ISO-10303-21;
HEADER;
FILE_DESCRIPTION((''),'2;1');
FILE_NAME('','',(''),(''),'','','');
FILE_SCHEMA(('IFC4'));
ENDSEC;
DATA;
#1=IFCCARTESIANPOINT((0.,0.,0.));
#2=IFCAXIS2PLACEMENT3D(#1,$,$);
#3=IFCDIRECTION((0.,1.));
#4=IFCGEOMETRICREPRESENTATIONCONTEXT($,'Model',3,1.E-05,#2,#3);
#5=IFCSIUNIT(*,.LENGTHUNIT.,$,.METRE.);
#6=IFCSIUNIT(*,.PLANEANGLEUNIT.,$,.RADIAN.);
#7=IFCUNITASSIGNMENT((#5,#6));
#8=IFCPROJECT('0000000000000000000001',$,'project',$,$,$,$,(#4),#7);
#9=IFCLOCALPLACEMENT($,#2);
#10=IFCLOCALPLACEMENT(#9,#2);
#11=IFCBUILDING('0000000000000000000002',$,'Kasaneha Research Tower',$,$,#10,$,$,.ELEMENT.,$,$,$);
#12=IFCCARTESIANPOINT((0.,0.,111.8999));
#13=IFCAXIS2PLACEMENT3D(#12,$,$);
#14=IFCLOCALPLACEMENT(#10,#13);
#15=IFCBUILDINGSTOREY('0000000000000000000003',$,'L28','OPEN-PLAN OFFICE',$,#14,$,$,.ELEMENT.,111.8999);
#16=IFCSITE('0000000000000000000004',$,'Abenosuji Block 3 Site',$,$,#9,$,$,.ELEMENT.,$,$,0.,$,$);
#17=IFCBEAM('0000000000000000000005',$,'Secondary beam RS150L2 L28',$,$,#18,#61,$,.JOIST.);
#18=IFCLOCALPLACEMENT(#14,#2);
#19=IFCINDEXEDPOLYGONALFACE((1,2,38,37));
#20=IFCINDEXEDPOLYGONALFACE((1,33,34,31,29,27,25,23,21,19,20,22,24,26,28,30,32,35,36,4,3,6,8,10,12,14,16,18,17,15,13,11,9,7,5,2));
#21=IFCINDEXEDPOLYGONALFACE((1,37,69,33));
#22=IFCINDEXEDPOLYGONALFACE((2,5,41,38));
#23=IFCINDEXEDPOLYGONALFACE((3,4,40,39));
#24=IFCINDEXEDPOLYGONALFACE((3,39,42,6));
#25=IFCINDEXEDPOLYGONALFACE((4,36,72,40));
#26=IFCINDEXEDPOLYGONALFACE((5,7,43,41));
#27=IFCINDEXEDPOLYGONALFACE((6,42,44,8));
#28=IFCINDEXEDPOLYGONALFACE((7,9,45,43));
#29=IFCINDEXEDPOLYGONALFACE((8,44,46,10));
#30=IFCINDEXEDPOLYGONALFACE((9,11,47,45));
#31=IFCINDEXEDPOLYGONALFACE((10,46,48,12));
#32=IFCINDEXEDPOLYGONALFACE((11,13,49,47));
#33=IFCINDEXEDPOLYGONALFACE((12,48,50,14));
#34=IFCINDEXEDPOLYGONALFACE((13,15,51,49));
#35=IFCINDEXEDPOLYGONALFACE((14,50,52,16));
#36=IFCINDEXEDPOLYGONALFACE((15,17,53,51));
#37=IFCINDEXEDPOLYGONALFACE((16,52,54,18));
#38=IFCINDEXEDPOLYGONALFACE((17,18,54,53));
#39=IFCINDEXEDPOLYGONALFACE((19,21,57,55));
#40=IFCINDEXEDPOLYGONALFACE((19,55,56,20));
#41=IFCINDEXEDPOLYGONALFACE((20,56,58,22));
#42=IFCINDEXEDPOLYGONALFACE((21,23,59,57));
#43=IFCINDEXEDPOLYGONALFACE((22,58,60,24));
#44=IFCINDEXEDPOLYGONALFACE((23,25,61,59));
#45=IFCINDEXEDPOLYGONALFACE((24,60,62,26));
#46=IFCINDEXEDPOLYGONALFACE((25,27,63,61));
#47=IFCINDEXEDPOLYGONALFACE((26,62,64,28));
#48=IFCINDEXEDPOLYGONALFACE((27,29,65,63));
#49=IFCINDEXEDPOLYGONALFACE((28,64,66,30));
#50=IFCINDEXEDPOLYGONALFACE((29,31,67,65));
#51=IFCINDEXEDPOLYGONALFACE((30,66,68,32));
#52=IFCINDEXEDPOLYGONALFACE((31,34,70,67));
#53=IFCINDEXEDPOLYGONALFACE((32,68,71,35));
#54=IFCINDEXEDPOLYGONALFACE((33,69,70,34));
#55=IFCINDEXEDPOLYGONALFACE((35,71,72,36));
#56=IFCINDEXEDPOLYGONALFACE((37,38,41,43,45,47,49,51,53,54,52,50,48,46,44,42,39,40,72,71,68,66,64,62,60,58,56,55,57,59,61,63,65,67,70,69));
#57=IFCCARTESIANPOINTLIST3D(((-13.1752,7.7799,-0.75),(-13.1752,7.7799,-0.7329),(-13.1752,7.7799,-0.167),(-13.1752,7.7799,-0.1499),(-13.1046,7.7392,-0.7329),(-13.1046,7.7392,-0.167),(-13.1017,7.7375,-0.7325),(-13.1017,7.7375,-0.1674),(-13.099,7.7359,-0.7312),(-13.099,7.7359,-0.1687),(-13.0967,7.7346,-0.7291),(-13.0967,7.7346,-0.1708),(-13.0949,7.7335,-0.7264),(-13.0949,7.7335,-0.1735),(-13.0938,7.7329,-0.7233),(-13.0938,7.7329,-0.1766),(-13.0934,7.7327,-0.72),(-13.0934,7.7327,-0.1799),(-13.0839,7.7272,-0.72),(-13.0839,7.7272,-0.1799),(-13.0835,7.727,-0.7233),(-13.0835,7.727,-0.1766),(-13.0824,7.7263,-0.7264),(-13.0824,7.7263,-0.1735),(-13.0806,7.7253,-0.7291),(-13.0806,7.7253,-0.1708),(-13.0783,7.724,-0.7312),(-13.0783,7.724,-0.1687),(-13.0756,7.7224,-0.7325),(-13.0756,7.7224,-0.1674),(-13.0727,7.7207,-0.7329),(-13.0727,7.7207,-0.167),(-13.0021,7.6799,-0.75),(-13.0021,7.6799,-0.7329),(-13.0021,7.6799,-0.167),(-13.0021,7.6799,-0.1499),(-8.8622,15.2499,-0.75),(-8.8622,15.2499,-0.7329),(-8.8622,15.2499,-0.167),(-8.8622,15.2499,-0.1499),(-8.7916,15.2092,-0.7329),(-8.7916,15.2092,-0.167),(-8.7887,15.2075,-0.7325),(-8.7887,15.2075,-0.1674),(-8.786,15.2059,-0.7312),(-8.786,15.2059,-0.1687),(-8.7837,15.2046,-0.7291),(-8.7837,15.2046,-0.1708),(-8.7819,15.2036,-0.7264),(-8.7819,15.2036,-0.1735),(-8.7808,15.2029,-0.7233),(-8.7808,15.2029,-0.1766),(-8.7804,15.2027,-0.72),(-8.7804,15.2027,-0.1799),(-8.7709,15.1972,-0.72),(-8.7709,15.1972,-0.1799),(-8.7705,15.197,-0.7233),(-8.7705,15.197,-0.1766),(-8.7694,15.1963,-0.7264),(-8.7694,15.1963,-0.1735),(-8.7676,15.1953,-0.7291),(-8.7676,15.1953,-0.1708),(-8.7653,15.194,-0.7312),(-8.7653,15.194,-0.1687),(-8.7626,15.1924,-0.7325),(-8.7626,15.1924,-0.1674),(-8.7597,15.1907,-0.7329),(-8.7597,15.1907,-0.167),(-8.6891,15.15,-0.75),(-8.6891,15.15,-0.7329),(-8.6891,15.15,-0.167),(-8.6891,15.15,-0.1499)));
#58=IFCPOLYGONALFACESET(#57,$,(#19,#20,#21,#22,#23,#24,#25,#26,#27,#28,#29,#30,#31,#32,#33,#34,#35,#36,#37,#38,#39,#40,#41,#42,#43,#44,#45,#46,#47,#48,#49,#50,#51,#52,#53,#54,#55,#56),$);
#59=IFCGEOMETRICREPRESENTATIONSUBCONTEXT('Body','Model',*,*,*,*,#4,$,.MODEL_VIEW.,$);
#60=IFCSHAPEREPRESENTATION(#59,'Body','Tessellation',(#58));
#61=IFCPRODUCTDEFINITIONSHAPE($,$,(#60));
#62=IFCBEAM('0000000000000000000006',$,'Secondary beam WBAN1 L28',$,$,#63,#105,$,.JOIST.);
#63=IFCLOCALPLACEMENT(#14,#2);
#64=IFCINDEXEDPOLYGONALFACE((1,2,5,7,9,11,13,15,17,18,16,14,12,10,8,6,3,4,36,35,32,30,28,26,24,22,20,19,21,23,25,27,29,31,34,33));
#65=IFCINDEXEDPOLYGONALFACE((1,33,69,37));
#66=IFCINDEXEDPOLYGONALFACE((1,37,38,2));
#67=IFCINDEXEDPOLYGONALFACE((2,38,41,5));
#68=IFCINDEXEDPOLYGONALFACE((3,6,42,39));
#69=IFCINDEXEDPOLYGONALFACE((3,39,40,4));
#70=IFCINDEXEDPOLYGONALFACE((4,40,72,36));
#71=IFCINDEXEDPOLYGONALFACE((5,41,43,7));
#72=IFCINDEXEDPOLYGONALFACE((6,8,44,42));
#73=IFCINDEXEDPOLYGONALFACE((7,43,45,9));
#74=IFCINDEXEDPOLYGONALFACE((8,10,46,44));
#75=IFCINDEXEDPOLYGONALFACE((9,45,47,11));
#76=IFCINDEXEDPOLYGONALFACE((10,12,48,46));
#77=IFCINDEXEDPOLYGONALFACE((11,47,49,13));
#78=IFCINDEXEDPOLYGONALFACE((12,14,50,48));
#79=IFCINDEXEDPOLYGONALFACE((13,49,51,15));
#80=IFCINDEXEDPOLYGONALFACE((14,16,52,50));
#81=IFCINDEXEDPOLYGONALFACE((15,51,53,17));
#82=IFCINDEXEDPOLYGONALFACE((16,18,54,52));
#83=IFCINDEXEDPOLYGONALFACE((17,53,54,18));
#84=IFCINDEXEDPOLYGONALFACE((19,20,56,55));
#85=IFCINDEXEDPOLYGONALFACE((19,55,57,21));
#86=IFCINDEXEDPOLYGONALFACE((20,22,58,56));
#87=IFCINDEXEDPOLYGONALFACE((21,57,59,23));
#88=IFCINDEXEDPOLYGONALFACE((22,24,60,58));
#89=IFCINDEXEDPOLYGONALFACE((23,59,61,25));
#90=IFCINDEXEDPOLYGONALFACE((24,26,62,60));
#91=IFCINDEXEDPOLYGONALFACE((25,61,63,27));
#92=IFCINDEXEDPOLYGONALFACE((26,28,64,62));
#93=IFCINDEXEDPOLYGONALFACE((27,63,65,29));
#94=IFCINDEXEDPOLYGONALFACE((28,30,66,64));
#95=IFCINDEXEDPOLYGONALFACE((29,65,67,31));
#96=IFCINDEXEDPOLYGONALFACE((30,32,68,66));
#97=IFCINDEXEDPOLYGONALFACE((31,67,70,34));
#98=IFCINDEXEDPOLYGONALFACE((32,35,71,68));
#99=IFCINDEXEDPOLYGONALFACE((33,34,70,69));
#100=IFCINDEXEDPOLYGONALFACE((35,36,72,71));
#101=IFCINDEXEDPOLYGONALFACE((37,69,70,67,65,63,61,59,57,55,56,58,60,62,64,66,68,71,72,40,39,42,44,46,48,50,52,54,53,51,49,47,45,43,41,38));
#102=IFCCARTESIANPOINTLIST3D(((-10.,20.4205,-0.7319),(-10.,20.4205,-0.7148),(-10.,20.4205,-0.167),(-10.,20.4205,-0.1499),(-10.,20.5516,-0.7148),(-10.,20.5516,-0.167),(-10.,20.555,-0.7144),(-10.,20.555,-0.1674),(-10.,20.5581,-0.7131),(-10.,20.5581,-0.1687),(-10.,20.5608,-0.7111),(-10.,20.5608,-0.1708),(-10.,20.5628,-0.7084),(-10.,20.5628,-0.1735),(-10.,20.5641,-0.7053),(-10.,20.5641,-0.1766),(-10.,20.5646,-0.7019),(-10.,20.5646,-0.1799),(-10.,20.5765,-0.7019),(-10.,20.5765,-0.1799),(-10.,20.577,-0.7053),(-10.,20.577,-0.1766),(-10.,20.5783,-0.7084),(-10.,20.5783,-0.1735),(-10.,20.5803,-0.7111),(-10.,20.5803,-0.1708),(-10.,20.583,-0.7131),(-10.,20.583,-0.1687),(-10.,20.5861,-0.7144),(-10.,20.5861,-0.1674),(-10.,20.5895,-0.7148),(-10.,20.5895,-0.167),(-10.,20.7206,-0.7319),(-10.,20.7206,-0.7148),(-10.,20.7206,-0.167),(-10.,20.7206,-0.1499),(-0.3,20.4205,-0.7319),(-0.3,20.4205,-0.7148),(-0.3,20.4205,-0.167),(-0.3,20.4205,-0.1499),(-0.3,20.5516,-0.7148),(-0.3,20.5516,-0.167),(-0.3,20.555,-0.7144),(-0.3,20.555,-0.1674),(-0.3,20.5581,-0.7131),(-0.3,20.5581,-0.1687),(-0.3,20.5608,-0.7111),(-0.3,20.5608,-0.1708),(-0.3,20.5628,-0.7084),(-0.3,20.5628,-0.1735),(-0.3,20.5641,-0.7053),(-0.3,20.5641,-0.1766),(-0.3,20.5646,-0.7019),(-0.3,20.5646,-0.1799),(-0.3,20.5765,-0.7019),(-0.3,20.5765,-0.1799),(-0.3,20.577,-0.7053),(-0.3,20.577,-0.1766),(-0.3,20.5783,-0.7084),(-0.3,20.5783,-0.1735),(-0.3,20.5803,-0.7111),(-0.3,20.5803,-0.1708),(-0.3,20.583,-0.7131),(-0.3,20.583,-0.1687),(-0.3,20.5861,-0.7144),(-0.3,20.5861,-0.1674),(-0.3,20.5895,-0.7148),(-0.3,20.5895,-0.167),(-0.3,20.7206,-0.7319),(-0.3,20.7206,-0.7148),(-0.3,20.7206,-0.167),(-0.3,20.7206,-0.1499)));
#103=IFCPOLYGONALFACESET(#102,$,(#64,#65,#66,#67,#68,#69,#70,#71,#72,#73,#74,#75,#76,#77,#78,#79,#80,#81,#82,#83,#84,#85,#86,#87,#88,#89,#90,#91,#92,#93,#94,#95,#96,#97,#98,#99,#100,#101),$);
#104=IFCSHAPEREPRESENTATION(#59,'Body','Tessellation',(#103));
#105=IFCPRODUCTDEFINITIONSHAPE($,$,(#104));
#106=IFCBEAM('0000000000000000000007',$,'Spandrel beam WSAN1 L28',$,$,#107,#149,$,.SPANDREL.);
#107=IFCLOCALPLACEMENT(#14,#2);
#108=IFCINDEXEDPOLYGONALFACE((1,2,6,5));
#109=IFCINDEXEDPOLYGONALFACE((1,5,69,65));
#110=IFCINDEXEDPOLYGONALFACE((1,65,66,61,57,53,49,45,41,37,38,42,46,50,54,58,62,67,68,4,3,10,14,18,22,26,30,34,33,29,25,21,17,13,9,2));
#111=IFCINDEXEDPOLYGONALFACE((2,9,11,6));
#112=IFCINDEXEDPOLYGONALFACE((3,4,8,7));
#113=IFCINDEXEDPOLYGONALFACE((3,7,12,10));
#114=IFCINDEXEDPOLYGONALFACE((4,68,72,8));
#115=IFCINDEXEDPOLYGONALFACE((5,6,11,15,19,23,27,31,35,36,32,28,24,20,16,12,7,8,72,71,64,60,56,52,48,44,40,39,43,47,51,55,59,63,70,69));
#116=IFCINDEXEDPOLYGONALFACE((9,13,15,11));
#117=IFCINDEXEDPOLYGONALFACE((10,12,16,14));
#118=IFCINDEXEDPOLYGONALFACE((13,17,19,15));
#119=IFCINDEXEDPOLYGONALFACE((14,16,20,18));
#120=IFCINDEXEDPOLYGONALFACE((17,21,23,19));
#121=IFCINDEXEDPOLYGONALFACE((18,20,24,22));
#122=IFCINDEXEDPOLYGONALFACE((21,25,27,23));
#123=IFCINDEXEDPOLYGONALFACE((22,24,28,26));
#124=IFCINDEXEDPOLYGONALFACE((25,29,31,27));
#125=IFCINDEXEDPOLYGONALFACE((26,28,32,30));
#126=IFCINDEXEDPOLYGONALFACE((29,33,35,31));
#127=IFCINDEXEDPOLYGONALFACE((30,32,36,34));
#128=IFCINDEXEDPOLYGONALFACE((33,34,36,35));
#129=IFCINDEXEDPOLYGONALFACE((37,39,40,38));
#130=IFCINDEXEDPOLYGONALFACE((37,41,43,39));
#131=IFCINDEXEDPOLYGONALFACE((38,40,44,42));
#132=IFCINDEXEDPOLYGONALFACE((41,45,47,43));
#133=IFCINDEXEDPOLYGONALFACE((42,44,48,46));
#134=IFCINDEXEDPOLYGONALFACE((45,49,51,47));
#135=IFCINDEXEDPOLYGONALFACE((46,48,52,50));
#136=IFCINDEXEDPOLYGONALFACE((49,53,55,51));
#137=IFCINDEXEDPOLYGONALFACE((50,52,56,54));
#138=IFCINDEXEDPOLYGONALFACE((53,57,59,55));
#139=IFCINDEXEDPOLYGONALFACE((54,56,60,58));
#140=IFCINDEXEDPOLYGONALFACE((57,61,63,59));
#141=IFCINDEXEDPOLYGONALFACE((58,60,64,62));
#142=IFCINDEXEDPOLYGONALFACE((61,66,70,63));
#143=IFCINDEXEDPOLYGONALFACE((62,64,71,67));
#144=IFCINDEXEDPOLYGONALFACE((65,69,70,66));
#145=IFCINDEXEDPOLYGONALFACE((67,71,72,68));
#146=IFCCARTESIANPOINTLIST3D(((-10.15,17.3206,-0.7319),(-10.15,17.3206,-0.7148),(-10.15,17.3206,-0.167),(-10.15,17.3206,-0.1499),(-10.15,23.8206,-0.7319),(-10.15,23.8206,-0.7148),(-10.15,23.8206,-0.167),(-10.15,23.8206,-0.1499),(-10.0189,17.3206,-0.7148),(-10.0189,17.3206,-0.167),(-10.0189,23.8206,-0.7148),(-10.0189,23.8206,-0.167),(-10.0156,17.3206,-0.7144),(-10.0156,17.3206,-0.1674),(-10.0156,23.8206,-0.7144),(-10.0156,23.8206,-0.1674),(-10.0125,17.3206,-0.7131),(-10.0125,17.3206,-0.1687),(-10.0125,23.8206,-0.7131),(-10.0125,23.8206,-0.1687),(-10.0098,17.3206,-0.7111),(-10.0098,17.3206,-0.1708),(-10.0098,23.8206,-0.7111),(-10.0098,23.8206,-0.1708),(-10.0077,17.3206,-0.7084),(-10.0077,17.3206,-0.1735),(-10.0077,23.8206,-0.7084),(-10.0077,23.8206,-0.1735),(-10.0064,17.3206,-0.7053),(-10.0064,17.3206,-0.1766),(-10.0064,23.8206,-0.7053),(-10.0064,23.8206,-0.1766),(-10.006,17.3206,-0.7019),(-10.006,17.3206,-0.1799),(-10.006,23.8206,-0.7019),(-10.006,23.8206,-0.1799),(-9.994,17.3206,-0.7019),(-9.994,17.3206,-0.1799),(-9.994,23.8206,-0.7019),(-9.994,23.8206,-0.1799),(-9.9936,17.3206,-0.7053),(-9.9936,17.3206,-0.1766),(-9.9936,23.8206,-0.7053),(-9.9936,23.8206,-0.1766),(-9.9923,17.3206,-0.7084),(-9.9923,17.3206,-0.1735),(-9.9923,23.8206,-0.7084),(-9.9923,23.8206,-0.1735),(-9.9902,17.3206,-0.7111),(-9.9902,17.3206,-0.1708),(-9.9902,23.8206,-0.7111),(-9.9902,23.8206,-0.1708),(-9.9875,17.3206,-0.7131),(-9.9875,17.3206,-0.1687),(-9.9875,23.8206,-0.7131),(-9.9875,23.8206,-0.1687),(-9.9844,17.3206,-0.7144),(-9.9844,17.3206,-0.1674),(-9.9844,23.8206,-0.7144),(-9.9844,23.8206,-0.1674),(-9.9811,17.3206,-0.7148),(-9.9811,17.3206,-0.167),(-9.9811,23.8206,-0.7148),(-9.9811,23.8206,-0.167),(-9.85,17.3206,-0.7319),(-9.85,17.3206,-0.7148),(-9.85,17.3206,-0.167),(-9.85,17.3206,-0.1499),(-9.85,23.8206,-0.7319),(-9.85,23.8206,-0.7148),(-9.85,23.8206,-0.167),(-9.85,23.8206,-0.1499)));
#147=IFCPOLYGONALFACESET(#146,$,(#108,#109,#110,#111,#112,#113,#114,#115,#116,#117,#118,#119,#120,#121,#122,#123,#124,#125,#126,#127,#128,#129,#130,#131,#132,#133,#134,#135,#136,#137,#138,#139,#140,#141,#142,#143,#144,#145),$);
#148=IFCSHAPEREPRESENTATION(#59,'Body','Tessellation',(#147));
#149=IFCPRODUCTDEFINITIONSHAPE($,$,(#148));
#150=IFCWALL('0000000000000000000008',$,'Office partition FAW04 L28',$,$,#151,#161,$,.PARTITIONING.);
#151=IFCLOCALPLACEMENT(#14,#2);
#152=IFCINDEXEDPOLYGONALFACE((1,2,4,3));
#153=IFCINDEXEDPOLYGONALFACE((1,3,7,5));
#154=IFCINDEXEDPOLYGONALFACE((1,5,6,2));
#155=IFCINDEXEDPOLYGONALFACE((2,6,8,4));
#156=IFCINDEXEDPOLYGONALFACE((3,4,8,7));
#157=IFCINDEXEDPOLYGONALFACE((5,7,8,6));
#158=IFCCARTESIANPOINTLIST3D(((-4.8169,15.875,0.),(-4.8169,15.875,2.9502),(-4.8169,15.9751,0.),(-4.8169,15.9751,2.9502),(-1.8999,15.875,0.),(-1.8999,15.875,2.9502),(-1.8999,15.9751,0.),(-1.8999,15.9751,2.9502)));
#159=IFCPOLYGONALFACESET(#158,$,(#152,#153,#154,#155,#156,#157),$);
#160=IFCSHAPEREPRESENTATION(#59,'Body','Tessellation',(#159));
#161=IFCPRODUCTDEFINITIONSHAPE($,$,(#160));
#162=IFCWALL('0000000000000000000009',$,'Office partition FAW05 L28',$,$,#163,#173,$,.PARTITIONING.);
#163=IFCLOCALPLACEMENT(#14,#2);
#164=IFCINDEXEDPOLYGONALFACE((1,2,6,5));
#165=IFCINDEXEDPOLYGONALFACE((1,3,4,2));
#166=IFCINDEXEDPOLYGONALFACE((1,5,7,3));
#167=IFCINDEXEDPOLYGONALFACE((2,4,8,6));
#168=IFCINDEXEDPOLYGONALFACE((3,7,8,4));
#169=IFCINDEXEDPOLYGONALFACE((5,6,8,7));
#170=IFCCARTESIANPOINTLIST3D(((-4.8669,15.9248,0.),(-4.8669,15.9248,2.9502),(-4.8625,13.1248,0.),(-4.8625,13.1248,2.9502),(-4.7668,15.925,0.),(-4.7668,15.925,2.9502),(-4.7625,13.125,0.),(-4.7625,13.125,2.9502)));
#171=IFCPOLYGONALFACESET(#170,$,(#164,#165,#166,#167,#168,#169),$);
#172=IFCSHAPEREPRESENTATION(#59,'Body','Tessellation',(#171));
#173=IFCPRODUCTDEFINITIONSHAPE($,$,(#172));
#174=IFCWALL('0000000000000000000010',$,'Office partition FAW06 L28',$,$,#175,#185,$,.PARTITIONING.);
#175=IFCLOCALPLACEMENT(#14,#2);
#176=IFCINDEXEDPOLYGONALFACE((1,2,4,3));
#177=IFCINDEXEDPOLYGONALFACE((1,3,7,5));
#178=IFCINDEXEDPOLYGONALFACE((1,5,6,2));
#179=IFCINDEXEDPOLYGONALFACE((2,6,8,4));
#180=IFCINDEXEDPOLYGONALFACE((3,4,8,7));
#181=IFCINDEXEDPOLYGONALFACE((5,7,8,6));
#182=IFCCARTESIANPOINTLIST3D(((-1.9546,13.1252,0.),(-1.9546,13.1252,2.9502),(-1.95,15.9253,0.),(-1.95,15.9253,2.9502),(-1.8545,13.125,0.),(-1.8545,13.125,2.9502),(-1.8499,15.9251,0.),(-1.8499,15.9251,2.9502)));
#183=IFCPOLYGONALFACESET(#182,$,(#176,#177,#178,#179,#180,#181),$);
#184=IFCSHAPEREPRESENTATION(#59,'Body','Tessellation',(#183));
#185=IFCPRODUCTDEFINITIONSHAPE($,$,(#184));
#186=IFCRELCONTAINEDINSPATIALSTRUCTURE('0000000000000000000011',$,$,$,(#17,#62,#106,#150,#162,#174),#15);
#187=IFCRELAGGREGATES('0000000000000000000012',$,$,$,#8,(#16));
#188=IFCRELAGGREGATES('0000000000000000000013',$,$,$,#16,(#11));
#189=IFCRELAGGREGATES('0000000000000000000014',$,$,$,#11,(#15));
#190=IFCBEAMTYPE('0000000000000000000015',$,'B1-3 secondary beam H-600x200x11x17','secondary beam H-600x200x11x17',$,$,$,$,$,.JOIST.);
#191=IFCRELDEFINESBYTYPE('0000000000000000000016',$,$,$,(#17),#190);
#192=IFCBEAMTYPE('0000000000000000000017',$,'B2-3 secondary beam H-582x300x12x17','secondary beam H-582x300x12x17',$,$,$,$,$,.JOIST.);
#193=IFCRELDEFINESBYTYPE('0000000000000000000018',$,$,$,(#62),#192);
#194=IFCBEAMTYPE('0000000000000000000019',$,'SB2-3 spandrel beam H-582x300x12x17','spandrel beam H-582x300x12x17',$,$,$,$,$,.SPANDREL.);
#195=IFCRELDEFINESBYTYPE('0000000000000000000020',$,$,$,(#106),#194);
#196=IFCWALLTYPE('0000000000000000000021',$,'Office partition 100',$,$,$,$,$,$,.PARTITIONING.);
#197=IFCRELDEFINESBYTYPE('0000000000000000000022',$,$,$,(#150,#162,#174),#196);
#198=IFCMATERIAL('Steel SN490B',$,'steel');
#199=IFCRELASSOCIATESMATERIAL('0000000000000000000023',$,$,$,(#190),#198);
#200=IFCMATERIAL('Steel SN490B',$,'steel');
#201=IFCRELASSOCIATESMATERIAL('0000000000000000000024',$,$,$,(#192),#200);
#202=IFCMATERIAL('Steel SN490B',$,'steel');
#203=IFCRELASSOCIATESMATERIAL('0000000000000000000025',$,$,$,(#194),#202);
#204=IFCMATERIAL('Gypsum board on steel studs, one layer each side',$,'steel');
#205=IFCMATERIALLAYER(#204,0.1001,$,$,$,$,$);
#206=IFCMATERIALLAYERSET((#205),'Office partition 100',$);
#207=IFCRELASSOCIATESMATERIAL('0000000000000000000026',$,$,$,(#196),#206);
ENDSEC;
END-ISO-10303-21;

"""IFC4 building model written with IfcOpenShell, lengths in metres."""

from ifc_helpers import new_model, si_unit, direction, frame, frame_2d, origin, origin_2d, place, context, subcontext, project, spatial, rectangle, i_section, extrude, material, layer, layer_set, material_profile, profile_set, type_object, element, save


model = new_model("IFC4")

# Units and contexts
model_context = context("Model", 3, precision=1e-05, world=origin(), true_north=direction((0.0, 1.0)))
body_context = subcontext(model_context, "Body", "Model", "MODEL_VIEW")
ifc_project = project(units=[si_unit("LENGTHUNIT", "METRE"), si_unit("PLANEANGLEUNIT", "RADIAN")], contexts=[model_context])

# Site, building, storey
site_placement = place(None, origin())
site = spatial("IfcSite", under=ifc_project, at=site_placement, Name="Abenosuji Block 3 Site", CompositionType="ELEMENT", RefElevation=0.0)
building_placement = place(site_placement, origin())
building = spatial("IfcBuilding", under=site, at=building_placement, Name="Kasaneha Research Tower", CompositionType="ELEMENT")
storey_placement = place(building_placement, frame((0.0, 0.0, 111.8999)))
storey = spatial("IfcBuildingStorey", under=building, at=storey_placement, Name="L28", Description="OPEN-PLAN OFFICE", CompositionType="ELEMENT", Elevation=111.8999)

# Beams
ifc_material_1 = material(Name="Steel SN490B", Category="steel")
ifc_material_profile_1 = material_profile(ifc_material_1, i_section(OverallWidth=0.2, OverallDepth=0.6001, WebThickness=0.011, FlangeThickness=0.0171, FilletRadius=0.0129, at=origin_2d()), Name="H-600x200x11x17")
ifc_profile_set_1 = profile_set([ifc_material_profile_1], Name="Steel SN490B")
beam_type_1 = type_object("IfcBeamType", Name="B1-3 secondary beam H-600x200x11x17", Description="secondary beam H-600x200x11x17", PredefinedType="JOIST", material=ifc_profile_set_1)
beam_1_placement = place(storey_placement, frame((-8.7756, 15.2, -0.45), z_axis=(-0.500017, -0.866015, 0.0), x_axis=(0.866015, -0.500017, 0.0)))
element("IfcBeam", 1, at=beam_1_placement, inside=storey, type_object=beam_type_1, Name="Secondary beam RS150L2 L28", PredefinedType="JOIST", context=body_context, shape_type="SweptSolid", body=[
    extrude(i_section(OverallWidth=0.2, OverallDepth=0.6001, WebThickness=0.011, FlangeThickness=0.0171, FilletRadius=0.0129, at=origin_2d()), origin(), (0.0, 0.0, 1.0), 8.6257),
])
ifc_material_2 = material(Name="Steel SN490B", Category="steel")
ifc_material_profile_2 = material_profile(ifc_material_2, i_section(OverallWidth=0.3, OverallDepth=0.582, WebThickness=0.012, FlangeThickness=0.0171, FilletRadius=0.0129, at=origin_2d()), Name="H-582x300x12x17")
ifc_profile_set_2 = profile_set([ifc_material_profile_2], Name="Steel SN490B")
beam_type_2 = type_object("IfcBeamType", Name="B2-3 secondary beam H-582x300x12x17", Description="secondary beam H-582x300x12x17", PredefinedType="JOIST", material=ifc_profile_set_2)
beam_2_placement = place(storey_placement, frame((-10.0, 20.5706, -0.4409), z_axis=(1.0, 0.0, 0.0), x_axis=(0.0, 1.0, 0.0)))
element("IfcBeam", 2, at=beam_2_placement, inside=storey, type_object=beam_type_2, Name="Secondary beam WBAN1 L28", PredefinedType="JOIST", context=body_context, shape_type="SweptSolid", body=[
    extrude(i_section(OverallWidth=0.3, OverallDepth=0.582, WebThickness=0.012, FlangeThickness=0.0171, FilletRadius=0.0129, at=origin_2d()), origin(), (0.0, 0.0, 1.0), 9.7),
])
ifc_material_3 = material(Name="Steel SN490B", Category="steel")
ifc_material_profile_3 = material_profile(ifc_material_3, i_section(OverallWidth=0.3, OverallDepth=0.582, WebThickness=0.012, FlangeThickness=0.0171, FilletRadius=0.0129, at=origin_2d()), Name="H-582x300x12x17")
ifc_profile_set_3 = profile_set([ifc_material_profile_3], Name="Steel SN490B")
beam_type_3 = type_object("IfcBeamType", Name="SB2-3 spandrel beam H-582x300x12x17", Description="spandrel beam H-582x300x12x17", PredefinedType="SPANDREL", material=ifc_profile_set_3)
beam_3_placement = place(storey_placement, frame((-10.0, 17.3206, -0.4409), z_axis=(0.0, 1.0, 0.0), x_axis=(-1.0, 0.0, 0.0)))
element("IfcBeam", 3, at=beam_3_placement, inside=storey, type_object=beam_type_3, Name="Spandrel beam WSAN1 L28", PredefinedType="SPANDREL", context=body_context, shape_type="SweptSolid", body=[
    extrude(i_section(OverallWidth=0.3, OverallDepth=0.582, WebThickness=0.012, FlangeThickness=0.0171, FilletRadius=0.0129, at=origin_2d()), origin(), (0.0, 0.0, 1.0), 6.5),
])

# Walls
ifc_material_4 = material(Name="Gypsum board on steel studs, one layer each side", Category="steel")
ifc_layer_1 = layer(ifc_material_4, 0.1001)
ifc_layer_set_1 = layer_set([ifc_layer_1], Name="Office partition 100")
wall_type_1 = type_object("IfcWallType", Name="Office partition 100", PredefinedType="PARTITIONING", material=ifc_layer_set_1)
wall_1_placement = place(storey_placement, frame((-4.8169, 15.925, 0.0), z_axis=(0.0, 0.0, 1.0), x_axis=(1.0, 0.0, 0.0)))
element("IfcWall", 4, at=wall_1_placement, inside=storey, type_object=wall_type_1, Name="Office partition FAW04 L28", PredefinedType="PARTITIONING", context=body_context, shape_type="SweptSolid", body=[
    extrude(rectangle(XDim=2.917, YDim=0.1001, at=frame_2d((1.4585, 0.0))), origin(), (0.0, 0.0, 1.0), 2.9502),
])
for number, where, z_axis, x_axis, name in (
    (5, (-4.8125, 13.125, 0.0), (0.0, 0.0, 1.0), (-0.001569, 0.999999, 0.0), "Office partition FAW05 L28"),
    (6, (-1.8999, 15.925, 0.0), (0.0, 0.0, 1.0), (-0.001657, -0.999999, 0.0), "Office partition FAW06 L28"),
):
    element("IfcWall", number, at=place(storey_placement, frame(where, z_axis=z_axis, x_axis=x_axis)), inside=storey, type_object=wall_type_1, Name=name, PredefinedType="PARTITIONING", context=body_context, shape_type="SweptSolid", body=[
        extrude(rectangle(XDim=2.8, YDim=0.1001, at=frame_2d((1.3999, 0.0))), origin(), (0.0, 0.0, 1.0), 2.9502),
    ])

save(model, "model.ifc")
